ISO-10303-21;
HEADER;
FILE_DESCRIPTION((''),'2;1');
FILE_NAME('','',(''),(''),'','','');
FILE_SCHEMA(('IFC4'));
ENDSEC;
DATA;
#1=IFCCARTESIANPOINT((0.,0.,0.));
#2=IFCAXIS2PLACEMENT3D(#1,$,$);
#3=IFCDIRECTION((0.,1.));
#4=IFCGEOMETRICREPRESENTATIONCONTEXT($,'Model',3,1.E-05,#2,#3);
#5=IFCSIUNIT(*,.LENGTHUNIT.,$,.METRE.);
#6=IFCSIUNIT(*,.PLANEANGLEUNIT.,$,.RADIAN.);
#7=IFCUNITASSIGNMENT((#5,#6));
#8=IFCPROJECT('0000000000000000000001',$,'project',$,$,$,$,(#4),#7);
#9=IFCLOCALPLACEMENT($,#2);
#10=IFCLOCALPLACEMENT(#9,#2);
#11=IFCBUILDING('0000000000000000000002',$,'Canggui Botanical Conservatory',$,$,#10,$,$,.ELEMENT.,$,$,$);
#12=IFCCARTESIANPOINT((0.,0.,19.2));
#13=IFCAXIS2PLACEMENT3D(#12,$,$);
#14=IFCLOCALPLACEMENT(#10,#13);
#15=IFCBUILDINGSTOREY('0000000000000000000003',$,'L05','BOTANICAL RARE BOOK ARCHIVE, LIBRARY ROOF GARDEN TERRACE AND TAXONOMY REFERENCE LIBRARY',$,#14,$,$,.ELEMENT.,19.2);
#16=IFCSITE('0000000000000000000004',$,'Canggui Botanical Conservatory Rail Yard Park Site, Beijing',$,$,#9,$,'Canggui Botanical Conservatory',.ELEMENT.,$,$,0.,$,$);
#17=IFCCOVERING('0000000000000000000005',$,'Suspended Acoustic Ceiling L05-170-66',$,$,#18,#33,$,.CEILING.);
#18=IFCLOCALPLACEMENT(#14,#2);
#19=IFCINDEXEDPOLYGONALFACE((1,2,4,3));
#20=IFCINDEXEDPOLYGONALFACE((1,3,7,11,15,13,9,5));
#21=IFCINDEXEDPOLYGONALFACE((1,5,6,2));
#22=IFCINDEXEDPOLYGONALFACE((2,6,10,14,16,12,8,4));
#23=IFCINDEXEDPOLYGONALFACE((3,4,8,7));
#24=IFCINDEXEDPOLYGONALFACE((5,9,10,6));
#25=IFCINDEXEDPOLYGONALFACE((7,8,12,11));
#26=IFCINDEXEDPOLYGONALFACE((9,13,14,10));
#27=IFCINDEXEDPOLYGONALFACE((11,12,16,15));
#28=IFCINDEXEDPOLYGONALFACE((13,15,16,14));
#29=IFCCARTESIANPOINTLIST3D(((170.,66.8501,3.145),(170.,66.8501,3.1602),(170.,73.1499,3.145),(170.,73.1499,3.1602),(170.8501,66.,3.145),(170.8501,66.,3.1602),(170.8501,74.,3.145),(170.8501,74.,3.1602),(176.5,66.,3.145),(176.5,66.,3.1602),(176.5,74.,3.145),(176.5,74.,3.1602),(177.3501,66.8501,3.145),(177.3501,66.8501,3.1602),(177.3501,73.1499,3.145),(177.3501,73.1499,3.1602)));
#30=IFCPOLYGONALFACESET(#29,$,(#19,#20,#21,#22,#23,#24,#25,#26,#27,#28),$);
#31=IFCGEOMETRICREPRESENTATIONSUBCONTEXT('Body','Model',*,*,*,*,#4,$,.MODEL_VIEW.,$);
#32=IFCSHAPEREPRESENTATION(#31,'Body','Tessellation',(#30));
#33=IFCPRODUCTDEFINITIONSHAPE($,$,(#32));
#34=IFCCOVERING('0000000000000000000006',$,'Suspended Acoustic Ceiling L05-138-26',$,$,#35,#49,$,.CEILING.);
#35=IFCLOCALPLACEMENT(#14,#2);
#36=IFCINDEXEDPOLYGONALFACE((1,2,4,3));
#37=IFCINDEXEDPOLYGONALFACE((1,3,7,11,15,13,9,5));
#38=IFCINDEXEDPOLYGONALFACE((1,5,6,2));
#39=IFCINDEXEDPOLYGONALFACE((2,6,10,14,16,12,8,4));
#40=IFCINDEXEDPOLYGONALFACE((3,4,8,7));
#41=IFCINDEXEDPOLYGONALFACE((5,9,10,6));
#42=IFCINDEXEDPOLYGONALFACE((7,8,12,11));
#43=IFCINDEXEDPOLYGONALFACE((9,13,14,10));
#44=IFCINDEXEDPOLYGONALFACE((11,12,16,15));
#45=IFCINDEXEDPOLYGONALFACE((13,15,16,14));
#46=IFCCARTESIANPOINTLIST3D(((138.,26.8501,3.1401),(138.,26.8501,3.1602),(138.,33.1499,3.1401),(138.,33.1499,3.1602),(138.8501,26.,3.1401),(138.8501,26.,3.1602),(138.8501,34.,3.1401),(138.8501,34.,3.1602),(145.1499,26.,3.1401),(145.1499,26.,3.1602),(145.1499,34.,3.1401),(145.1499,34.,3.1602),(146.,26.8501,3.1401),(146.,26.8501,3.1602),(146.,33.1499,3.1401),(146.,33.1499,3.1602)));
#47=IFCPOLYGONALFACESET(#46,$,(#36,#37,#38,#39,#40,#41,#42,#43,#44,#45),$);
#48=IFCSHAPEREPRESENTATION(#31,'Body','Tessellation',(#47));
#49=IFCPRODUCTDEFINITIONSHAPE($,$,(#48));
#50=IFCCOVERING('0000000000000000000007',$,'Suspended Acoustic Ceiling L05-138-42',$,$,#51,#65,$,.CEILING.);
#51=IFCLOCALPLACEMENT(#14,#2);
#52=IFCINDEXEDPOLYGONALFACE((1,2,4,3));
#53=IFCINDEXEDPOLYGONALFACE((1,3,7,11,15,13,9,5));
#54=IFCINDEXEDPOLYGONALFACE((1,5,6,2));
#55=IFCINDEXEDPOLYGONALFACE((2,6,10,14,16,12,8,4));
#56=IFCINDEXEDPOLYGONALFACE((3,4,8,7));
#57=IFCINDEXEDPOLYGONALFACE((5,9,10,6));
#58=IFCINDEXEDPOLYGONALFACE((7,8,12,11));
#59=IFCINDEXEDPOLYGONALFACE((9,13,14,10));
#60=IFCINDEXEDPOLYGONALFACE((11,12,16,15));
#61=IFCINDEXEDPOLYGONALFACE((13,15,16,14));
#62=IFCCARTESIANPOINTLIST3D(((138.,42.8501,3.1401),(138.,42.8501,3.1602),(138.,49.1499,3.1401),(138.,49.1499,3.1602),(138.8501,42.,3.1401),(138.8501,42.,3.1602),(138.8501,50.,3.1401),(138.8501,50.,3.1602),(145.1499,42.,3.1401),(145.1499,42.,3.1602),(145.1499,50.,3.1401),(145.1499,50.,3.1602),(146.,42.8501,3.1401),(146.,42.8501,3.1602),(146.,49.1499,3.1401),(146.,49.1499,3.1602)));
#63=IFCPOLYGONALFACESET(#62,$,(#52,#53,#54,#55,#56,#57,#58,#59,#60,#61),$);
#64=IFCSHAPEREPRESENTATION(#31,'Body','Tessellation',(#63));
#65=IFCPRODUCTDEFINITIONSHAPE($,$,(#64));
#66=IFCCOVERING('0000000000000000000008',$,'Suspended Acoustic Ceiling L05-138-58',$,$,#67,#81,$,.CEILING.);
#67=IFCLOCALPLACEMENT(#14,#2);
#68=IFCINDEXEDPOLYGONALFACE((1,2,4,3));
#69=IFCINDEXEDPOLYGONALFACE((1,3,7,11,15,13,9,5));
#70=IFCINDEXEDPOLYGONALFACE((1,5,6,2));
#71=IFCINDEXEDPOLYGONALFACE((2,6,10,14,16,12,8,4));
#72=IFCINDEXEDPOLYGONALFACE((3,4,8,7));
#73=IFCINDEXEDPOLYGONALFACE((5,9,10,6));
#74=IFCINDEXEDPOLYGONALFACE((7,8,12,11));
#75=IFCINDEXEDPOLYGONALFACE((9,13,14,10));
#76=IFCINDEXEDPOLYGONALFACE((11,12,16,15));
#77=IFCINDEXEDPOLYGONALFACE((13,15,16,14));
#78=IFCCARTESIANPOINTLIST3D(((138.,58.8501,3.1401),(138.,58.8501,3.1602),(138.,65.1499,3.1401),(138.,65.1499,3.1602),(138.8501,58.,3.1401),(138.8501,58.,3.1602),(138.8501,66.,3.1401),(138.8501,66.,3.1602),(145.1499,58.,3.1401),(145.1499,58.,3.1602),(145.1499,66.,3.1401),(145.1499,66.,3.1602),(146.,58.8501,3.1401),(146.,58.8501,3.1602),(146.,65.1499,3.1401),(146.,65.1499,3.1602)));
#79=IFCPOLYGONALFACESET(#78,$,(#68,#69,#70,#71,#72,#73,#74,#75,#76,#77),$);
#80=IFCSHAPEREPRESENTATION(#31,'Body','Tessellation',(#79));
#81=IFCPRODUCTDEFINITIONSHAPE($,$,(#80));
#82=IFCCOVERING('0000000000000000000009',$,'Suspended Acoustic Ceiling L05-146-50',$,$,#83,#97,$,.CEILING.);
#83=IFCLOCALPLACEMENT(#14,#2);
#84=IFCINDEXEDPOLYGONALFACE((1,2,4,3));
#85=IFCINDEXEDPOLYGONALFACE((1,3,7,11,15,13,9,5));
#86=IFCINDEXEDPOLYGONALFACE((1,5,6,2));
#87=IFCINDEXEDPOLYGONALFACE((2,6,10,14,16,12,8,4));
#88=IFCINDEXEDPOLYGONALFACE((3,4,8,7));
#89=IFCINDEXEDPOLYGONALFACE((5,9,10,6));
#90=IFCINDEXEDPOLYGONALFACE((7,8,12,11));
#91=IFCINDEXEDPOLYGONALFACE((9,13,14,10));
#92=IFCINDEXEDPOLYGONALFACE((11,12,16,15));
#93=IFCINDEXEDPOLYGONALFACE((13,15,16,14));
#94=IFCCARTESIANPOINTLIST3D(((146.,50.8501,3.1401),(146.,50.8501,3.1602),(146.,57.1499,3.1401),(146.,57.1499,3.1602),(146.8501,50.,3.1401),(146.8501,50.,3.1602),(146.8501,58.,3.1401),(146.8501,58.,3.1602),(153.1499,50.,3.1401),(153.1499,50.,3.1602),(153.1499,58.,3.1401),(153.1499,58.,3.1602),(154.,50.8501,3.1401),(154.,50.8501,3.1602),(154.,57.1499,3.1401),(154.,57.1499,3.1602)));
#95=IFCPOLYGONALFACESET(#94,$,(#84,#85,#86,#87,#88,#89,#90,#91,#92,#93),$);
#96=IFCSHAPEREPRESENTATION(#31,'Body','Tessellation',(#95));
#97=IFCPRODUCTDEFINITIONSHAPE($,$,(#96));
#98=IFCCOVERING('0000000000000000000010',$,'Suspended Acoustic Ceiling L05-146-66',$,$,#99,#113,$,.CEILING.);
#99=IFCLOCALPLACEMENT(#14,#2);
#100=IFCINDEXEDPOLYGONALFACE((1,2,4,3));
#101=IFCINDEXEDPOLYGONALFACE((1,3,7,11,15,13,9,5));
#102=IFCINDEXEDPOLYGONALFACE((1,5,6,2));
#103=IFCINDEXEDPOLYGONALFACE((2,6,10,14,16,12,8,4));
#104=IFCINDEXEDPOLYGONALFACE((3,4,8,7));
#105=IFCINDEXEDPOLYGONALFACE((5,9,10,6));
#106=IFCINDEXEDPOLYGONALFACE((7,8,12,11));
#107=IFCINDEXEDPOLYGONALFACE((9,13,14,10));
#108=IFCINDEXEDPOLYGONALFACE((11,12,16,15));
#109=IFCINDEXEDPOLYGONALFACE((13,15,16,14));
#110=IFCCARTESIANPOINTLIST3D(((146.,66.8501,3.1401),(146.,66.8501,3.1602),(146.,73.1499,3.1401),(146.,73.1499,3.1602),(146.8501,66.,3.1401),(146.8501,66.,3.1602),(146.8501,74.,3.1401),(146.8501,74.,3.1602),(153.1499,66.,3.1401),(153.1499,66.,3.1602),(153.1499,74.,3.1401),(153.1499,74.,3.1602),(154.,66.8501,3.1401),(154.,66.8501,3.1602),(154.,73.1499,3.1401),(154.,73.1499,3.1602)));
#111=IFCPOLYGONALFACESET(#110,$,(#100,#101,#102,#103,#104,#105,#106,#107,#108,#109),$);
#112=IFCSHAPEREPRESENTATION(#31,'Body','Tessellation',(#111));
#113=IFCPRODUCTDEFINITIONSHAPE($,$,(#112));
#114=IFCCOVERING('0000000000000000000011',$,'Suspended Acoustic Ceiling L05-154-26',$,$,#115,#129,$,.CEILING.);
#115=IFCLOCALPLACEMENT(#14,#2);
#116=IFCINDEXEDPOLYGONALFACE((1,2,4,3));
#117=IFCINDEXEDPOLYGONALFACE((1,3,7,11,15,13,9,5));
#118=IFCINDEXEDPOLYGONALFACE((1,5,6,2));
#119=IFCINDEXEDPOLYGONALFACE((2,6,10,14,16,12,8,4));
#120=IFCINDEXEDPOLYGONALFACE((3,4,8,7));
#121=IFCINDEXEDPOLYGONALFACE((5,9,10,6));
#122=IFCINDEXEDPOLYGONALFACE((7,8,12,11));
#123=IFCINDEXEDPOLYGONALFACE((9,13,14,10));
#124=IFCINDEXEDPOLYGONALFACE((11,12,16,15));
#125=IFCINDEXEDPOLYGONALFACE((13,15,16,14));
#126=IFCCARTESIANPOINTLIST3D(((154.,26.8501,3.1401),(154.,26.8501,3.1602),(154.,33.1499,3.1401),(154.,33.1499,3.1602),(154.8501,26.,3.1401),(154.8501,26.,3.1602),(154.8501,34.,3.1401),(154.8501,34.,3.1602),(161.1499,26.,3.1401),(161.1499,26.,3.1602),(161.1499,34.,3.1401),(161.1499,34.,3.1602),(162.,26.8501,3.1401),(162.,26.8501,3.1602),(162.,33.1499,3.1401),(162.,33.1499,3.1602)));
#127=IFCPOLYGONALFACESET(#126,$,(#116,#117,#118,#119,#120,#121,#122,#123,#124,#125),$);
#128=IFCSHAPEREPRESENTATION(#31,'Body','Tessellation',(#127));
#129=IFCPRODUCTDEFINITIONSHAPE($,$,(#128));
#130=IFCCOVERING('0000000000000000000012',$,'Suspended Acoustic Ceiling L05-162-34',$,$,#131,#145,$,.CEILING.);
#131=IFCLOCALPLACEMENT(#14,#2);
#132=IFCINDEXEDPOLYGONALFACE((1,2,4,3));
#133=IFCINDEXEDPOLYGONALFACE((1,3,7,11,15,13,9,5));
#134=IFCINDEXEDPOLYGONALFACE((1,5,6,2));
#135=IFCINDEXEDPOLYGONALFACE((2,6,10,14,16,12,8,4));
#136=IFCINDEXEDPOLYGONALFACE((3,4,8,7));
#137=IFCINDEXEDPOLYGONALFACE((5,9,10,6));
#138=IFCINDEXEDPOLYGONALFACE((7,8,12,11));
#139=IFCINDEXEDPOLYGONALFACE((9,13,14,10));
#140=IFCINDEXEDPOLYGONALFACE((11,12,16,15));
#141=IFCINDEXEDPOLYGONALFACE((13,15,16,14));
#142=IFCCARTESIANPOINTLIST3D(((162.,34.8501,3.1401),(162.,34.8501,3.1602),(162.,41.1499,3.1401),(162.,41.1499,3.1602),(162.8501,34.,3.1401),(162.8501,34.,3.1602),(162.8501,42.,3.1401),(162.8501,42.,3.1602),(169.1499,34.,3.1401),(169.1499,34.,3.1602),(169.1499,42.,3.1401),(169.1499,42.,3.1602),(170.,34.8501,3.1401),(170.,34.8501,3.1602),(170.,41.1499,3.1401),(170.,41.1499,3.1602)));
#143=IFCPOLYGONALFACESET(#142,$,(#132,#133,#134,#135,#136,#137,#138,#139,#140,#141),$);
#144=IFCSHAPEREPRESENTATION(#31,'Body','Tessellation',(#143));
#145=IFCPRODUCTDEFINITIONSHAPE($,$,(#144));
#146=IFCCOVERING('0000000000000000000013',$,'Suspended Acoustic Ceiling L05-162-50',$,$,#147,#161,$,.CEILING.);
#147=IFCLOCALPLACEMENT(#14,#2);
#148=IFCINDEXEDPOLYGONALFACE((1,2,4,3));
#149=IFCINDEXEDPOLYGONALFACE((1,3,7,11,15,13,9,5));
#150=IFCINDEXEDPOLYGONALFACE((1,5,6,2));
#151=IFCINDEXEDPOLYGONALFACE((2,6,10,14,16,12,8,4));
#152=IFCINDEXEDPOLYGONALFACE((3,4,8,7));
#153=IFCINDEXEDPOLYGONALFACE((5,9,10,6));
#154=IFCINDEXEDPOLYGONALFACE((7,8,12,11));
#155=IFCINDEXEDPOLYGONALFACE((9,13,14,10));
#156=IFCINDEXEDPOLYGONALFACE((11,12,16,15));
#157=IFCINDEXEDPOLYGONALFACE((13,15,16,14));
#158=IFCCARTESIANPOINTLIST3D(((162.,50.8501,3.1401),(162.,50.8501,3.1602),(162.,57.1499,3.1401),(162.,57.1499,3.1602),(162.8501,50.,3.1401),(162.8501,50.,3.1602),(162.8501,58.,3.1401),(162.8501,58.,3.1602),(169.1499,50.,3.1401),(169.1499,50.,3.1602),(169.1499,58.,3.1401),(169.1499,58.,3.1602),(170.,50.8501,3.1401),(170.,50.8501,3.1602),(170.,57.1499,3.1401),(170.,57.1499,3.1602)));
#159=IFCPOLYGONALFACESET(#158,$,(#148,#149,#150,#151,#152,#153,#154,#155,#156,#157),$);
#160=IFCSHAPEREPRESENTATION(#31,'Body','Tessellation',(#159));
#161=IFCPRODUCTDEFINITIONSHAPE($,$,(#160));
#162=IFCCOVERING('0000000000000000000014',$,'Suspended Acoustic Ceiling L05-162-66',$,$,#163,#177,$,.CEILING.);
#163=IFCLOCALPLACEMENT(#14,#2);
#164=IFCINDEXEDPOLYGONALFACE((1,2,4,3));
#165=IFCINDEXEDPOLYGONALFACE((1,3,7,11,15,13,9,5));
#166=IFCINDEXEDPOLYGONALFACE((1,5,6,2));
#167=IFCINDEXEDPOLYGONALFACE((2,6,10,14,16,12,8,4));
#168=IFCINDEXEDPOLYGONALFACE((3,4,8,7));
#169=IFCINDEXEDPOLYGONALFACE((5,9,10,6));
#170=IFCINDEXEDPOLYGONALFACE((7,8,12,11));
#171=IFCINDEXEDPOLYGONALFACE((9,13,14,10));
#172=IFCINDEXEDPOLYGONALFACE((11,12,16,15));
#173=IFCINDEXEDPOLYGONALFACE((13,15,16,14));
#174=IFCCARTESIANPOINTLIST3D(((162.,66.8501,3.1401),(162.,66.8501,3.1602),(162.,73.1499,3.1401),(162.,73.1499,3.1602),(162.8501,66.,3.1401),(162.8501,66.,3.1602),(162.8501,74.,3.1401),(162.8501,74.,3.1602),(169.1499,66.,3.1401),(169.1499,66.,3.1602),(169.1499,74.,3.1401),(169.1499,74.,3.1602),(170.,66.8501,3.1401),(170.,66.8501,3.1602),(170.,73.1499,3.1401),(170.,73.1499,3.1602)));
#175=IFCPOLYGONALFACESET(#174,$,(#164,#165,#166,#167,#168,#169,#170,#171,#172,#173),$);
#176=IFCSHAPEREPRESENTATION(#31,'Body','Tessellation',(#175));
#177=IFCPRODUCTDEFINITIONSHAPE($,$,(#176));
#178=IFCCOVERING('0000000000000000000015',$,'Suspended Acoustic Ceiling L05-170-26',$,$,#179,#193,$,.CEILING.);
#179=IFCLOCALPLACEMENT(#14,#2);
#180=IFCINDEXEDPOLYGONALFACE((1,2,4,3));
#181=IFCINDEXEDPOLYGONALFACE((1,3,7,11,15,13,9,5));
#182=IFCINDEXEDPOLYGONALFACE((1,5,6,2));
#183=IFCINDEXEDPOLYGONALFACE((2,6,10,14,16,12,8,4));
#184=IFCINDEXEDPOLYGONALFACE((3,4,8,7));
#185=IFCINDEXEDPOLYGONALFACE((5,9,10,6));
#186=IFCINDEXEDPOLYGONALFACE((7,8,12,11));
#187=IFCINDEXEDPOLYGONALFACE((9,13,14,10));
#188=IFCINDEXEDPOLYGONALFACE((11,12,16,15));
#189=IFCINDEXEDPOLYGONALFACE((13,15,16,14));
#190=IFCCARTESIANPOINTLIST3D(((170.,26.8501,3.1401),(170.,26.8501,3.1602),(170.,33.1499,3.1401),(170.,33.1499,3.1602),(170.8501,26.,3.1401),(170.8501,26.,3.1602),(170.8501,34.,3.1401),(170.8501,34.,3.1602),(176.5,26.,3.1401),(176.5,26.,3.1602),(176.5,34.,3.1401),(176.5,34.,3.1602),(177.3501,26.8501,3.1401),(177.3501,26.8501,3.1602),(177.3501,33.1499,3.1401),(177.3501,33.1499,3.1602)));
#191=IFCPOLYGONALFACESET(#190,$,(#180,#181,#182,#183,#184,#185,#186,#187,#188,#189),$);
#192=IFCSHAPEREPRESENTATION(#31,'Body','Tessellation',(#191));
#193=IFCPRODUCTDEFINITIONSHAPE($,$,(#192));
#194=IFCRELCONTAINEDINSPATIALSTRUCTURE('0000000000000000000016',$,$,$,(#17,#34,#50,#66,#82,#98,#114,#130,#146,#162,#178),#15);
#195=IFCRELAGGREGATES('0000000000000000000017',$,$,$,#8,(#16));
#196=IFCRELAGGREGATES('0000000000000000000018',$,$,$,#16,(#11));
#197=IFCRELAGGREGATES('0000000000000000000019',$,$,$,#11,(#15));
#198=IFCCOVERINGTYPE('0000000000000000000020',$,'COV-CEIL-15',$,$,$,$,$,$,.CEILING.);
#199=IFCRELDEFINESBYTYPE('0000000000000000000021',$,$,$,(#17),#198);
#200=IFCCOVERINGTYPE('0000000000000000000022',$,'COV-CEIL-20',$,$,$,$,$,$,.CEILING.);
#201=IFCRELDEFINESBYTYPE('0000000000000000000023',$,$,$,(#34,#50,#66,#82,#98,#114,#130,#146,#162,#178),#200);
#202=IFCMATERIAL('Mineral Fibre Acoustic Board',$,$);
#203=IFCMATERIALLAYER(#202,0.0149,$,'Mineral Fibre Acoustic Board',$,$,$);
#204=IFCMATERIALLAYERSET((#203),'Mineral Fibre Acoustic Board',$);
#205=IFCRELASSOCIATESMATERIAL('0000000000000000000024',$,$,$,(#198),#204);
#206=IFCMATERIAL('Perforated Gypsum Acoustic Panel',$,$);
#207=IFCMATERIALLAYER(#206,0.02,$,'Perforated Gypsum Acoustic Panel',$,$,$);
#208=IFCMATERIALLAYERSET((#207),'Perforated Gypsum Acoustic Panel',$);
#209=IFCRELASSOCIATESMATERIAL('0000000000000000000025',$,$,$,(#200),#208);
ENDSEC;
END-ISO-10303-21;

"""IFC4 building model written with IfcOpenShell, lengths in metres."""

from ifc_helpers import new_model, si_unit, direction, frame, origin, place, context, subcontext, project, spatial, polyline, outline, extrude, material, layer, layer_set, type_object, element, save


model = new_model("IFC4")

# Units and contexts
model_context = context("Model", 3, precision=1e-05, world=origin(), true_north=direction((0.0, 1.0)))
body_context = subcontext(model_context, "Body", "Model", "MODEL_VIEW")
ifc_project = project(units=[si_unit("LENGTHUNIT", "METRE"), si_unit("PLANEANGLEUNIT", "RADIAN")], contexts=[model_context])

# Site, building, storey
site_placement = place(None, origin())
site = spatial("IfcSite", under=ifc_project, at=site_placement, Name="Canggui Botanical Conservatory Rail Yard Park Site, Beijing", LongName="Canggui Botanical Conservatory", CompositionType="ELEMENT", RefElevation=0.0)
building_placement = place(site_placement, origin())
building = spatial("IfcBuilding", under=site, at=building_placement, Name="Canggui Botanical Conservatory", CompositionType="ELEMENT")
storey_placement = place(building_placement, frame((0.0, 0.0, 19.2)))
storey = spatial("IfcBuildingStorey", under=building, at=storey_placement, Name="L05", Description="BOTANICAL RARE BOOK ARCHIVE, LIBRARY ROOF GARDEN TERRACE AND TAXONOMY REFERENCE LIBRARY", CompositionType="ELEMENT", Elevation=19.2)

# Coverings
ifc_material_1 = material(Name="Mineral Fibre Acoustic Board")
ifc_layer_1 = layer(ifc_material_1, 0.0149, Name="Mineral Fibre Acoustic Board")
ifc_layer_set_1 = layer_set([ifc_layer_1], Name="Mineral Fibre Acoustic Board")
covering_type_1 = type_object("IfcCoveringType", Name="COV-CEIL-15", PredefinedType="CEILING", material=ifc_layer_set_1)
covering_1_placement = place(storey_placement, frame((0.0, 0.0, 3.145)))
element("IfcCovering", 1, at=covering_1_placement, inside=storey, type_object=covering_type_1, Name="Suspended Acoustic Ceiling L05-170-66", PredefinedType="CEILING", context=body_context, shape_type="SweptSolid", body=[
    extrude(outline(polyline([(170.8501, 66.0), (176.5, 66.0), (177.3501, 66.8501), (177.3501, 73.1499), (176.5, 74.0), (170.8501, 74.0), (170.0, 73.1499), (170.0, 66.8501), (170.8501, 66.0)])), origin(), (0.0, 0.0, 1.0), 0.0151),
])
ifc_material_2 = material(Name="Perforated Gypsum Acoustic Panel")
ifc_layer_2 = layer(ifc_material_2, 0.02, Name="Perforated Gypsum Acoustic Panel")
ifc_layer_set_2 = layer_set([ifc_layer_2], Name="Perforated Gypsum Acoustic Panel")
covering_type_2 = type_object("IfcCoveringType", Name="COV-CEIL-20", PredefinedType="CEILING", material=ifc_layer_set_2)
covering_2_placement = place(storey_placement, frame((0.0, 0.0, 3.1401)))
element("IfcCovering", 2, at=covering_2_placement, inside=storey, type_object=covering_type_2, Name="Suspended Acoustic Ceiling L05-138-26", PredefinedType="CEILING", context=body_context, shape_type="SweptSolid", body=[
    extrude(outline(polyline([(138.8501, 26.0), (145.1499, 26.0), (146.0, 26.8501), (146.0, 33.1499), (145.1499, 34.0), (138.8501, 34.0), (138.0, 33.1499), (138.0, 26.8501), (138.8501, 26.0)])), origin(), (0.0, 0.0, 1.0), 0.02),
])
covering_3_placement = place(storey_placement, frame((0.0, 0.0, 3.1401)))
element("IfcCovering", 3, at=covering_3_placement, inside=storey, type_object=covering_type_2, Name="Suspended Acoustic Ceiling L05-138-42", PredefinedType="CEILING", context=body_context, shape_type="SweptSolid", body=[
    extrude(outline(polyline([(138.8501, 42.0), (145.1499, 42.0), (146.0, 42.8501), (146.0, 49.1499), (145.1499, 50.0), (138.8501, 50.0), (138.0, 49.1499), (138.0, 42.8501), (138.8501, 42.0)])), origin(), (0.0, 0.0, 1.0), 0.02),
])
covering_4_placement = place(storey_placement, frame((0.0, 0.0, 3.1401)))
element("IfcCovering", 4, at=covering_4_placement, inside=storey, type_object=covering_type_2, Name="Suspended Acoustic Ceiling L05-138-58", PredefinedType="CEILING", context=body_context, shape_type="SweptSolid", body=[
    extrude(outline(polyline([(138.8501, 58.0), (145.1499, 58.0), (146.0, 58.8501), (146.0, 65.1499), (145.1499, 66.0), (138.8501, 66.0), (138.0, 65.1499), (138.0, 58.8501), (138.8501, 58.0)])), origin(), (0.0, 0.0, 1.0), 0.02),
])
covering_5_placement = place(storey_placement, frame((0.0, 0.0, 3.1401)))
element("IfcCovering", 5, at=covering_5_placement, inside=storey, type_object=covering_type_2, Name="Suspended Acoustic Ceiling L05-146-50", PredefinedType="CEILING", context=body_context, shape_type="SweptSolid", body=[
    extrude(outline(polyline([(146.8501, 50.0), (153.1499, 50.0), (154.0, 50.8501), (154.0, 57.1499), (153.1499, 58.0), (146.8501, 58.0), (146.0, 57.1499), (146.0, 50.8501), (146.8501, 50.0)])), origin(), (0.0, 0.0, 1.0), 0.02),
])
covering_6_placement = place(storey_placement, frame((0.0, 0.0, 3.1401)))
element("IfcCovering", 6, at=covering_6_placement, inside=storey, type_object=covering_type_2, Name="Suspended Acoustic Ceiling L05-146-66", PredefinedType="CEILING", context=body_context, shape_type="SweptSolid", body=[
    extrude(outline(polyline([(146.8501, 66.0), (153.1499, 66.0), (154.0, 66.8501), (154.0, 73.1499), (153.1499, 74.0), (146.8501, 74.0), (146.0, 73.1499), (146.0, 66.8501), (146.8501, 66.0)])), origin(), (0.0, 0.0, 1.0), 0.02),
])
covering_7_placement = place(storey_placement, frame((0.0, 0.0, 3.1401)))
element("IfcCovering", 7, at=covering_7_placement, inside=storey, type_object=covering_type_2, Name="Suspended Acoustic Ceiling L05-154-26", PredefinedType="CEILING", context=body_context, shape_type="SweptSolid", body=[
    extrude(outline(polyline([(154.8501, 26.0), (161.1499, 26.0), (162.0, 26.8501), (162.0, 33.1499), (161.1499, 34.0), (154.8501, 34.0), (154.0, 33.1499), (154.0, 26.8501), (154.8501, 26.0)])), origin(), (0.0, 0.0, 1.0), 0.02),
])
covering_8_placement = place(storey_placement, frame((0.0, 0.0, 3.1401)))
element("IfcCovering", 8, at=covering_8_placement, inside=storey, type_object=covering_type_2, Name="Suspended Acoustic Ceiling L05-162-34", PredefinedType="CEILING", context=body_context, shape_type="SweptSolid", body=[
    extrude(outline(polyline([(162.8501, 34.0), (169.1499, 34.0), (170.0, 34.8501), (170.0, 41.1499), (169.1499, 42.0), (162.8501, 42.0), (162.0, 41.1499), (162.0, 34.8501), (162.8501, 34.0)])), origin(), (0.0, 0.0, 1.0), 0.02),
])
covering_9_placement = place(storey_placement, frame((0.0, 0.0, 3.1401)))
element("IfcCovering", 9, at=covering_9_placement, inside=storey, type_object=covering_type_2, Name="Suspended Acoustic Ceiling L05-162-50", PredefinedType="CEILING", context=body_context, shape_type="SweptSolid", body=[
    extrude(outline(polyline([(162.8501, 50.0), (169.1499, 50.0), (170.0, 50.8501), (170.0, 57.1499), (169.1499, 58.0), (162.8501, 58.0), (162.0, 57.1499), (162.0, 50.8501), (162.8501, 50.0)])), origin(), (0.0, 0.0, 1.0), 0.02),
])
covering_10_placement = place(storey_placement, frame((0.0, 0.0, 3.1401)))
element("IfcCovering", 10, at=covering_10_placement, inside=storey, type_object=covering_type_2, Name="Suspended Acoustic Ceiling L05-162-66", PredefinedType="CEILING", context=body_context, shape_type="SweptSolid", body=[
    extrude(outline(polyline([(162.8501, 66.0), (169.1499, 66.0), (170.0, 66.8501), (170.0, 73.1499), (169.1499, 74.0), (162.8501, 74.0), (162.0, 73.1499), (162.0, 66.8501), (162.8501, 66.0)])), origin(), (0.0, 0.0, 1.0), 0.02),
])
covering_11_placement = place(storey_placement, frame((0.0, 0.0, 3.1401)))
element("IfcCovering", 11, at=covering_11_placement, inside=storey, type_object=covering_type_2, Name="Suspended Acoustic Ceiling L05-170-26", PredefinedType="CEILING", context=body_context, shape_type="SweptSolid", body=[
    extrude(outline(polyline([(170.8501, 26.0), (176.5, 26.0), (177.3501, 26.8501), (177.3501, 33.1499), (176.5, 34.0), (170.8501, 34.0), (170.0, 33.1499), (170.0, 26.8501), (170.8501, 26.0)])), origin(), (0.0, 0.0, 1.0), 0.02),
])

save(model, "model.ifc")
